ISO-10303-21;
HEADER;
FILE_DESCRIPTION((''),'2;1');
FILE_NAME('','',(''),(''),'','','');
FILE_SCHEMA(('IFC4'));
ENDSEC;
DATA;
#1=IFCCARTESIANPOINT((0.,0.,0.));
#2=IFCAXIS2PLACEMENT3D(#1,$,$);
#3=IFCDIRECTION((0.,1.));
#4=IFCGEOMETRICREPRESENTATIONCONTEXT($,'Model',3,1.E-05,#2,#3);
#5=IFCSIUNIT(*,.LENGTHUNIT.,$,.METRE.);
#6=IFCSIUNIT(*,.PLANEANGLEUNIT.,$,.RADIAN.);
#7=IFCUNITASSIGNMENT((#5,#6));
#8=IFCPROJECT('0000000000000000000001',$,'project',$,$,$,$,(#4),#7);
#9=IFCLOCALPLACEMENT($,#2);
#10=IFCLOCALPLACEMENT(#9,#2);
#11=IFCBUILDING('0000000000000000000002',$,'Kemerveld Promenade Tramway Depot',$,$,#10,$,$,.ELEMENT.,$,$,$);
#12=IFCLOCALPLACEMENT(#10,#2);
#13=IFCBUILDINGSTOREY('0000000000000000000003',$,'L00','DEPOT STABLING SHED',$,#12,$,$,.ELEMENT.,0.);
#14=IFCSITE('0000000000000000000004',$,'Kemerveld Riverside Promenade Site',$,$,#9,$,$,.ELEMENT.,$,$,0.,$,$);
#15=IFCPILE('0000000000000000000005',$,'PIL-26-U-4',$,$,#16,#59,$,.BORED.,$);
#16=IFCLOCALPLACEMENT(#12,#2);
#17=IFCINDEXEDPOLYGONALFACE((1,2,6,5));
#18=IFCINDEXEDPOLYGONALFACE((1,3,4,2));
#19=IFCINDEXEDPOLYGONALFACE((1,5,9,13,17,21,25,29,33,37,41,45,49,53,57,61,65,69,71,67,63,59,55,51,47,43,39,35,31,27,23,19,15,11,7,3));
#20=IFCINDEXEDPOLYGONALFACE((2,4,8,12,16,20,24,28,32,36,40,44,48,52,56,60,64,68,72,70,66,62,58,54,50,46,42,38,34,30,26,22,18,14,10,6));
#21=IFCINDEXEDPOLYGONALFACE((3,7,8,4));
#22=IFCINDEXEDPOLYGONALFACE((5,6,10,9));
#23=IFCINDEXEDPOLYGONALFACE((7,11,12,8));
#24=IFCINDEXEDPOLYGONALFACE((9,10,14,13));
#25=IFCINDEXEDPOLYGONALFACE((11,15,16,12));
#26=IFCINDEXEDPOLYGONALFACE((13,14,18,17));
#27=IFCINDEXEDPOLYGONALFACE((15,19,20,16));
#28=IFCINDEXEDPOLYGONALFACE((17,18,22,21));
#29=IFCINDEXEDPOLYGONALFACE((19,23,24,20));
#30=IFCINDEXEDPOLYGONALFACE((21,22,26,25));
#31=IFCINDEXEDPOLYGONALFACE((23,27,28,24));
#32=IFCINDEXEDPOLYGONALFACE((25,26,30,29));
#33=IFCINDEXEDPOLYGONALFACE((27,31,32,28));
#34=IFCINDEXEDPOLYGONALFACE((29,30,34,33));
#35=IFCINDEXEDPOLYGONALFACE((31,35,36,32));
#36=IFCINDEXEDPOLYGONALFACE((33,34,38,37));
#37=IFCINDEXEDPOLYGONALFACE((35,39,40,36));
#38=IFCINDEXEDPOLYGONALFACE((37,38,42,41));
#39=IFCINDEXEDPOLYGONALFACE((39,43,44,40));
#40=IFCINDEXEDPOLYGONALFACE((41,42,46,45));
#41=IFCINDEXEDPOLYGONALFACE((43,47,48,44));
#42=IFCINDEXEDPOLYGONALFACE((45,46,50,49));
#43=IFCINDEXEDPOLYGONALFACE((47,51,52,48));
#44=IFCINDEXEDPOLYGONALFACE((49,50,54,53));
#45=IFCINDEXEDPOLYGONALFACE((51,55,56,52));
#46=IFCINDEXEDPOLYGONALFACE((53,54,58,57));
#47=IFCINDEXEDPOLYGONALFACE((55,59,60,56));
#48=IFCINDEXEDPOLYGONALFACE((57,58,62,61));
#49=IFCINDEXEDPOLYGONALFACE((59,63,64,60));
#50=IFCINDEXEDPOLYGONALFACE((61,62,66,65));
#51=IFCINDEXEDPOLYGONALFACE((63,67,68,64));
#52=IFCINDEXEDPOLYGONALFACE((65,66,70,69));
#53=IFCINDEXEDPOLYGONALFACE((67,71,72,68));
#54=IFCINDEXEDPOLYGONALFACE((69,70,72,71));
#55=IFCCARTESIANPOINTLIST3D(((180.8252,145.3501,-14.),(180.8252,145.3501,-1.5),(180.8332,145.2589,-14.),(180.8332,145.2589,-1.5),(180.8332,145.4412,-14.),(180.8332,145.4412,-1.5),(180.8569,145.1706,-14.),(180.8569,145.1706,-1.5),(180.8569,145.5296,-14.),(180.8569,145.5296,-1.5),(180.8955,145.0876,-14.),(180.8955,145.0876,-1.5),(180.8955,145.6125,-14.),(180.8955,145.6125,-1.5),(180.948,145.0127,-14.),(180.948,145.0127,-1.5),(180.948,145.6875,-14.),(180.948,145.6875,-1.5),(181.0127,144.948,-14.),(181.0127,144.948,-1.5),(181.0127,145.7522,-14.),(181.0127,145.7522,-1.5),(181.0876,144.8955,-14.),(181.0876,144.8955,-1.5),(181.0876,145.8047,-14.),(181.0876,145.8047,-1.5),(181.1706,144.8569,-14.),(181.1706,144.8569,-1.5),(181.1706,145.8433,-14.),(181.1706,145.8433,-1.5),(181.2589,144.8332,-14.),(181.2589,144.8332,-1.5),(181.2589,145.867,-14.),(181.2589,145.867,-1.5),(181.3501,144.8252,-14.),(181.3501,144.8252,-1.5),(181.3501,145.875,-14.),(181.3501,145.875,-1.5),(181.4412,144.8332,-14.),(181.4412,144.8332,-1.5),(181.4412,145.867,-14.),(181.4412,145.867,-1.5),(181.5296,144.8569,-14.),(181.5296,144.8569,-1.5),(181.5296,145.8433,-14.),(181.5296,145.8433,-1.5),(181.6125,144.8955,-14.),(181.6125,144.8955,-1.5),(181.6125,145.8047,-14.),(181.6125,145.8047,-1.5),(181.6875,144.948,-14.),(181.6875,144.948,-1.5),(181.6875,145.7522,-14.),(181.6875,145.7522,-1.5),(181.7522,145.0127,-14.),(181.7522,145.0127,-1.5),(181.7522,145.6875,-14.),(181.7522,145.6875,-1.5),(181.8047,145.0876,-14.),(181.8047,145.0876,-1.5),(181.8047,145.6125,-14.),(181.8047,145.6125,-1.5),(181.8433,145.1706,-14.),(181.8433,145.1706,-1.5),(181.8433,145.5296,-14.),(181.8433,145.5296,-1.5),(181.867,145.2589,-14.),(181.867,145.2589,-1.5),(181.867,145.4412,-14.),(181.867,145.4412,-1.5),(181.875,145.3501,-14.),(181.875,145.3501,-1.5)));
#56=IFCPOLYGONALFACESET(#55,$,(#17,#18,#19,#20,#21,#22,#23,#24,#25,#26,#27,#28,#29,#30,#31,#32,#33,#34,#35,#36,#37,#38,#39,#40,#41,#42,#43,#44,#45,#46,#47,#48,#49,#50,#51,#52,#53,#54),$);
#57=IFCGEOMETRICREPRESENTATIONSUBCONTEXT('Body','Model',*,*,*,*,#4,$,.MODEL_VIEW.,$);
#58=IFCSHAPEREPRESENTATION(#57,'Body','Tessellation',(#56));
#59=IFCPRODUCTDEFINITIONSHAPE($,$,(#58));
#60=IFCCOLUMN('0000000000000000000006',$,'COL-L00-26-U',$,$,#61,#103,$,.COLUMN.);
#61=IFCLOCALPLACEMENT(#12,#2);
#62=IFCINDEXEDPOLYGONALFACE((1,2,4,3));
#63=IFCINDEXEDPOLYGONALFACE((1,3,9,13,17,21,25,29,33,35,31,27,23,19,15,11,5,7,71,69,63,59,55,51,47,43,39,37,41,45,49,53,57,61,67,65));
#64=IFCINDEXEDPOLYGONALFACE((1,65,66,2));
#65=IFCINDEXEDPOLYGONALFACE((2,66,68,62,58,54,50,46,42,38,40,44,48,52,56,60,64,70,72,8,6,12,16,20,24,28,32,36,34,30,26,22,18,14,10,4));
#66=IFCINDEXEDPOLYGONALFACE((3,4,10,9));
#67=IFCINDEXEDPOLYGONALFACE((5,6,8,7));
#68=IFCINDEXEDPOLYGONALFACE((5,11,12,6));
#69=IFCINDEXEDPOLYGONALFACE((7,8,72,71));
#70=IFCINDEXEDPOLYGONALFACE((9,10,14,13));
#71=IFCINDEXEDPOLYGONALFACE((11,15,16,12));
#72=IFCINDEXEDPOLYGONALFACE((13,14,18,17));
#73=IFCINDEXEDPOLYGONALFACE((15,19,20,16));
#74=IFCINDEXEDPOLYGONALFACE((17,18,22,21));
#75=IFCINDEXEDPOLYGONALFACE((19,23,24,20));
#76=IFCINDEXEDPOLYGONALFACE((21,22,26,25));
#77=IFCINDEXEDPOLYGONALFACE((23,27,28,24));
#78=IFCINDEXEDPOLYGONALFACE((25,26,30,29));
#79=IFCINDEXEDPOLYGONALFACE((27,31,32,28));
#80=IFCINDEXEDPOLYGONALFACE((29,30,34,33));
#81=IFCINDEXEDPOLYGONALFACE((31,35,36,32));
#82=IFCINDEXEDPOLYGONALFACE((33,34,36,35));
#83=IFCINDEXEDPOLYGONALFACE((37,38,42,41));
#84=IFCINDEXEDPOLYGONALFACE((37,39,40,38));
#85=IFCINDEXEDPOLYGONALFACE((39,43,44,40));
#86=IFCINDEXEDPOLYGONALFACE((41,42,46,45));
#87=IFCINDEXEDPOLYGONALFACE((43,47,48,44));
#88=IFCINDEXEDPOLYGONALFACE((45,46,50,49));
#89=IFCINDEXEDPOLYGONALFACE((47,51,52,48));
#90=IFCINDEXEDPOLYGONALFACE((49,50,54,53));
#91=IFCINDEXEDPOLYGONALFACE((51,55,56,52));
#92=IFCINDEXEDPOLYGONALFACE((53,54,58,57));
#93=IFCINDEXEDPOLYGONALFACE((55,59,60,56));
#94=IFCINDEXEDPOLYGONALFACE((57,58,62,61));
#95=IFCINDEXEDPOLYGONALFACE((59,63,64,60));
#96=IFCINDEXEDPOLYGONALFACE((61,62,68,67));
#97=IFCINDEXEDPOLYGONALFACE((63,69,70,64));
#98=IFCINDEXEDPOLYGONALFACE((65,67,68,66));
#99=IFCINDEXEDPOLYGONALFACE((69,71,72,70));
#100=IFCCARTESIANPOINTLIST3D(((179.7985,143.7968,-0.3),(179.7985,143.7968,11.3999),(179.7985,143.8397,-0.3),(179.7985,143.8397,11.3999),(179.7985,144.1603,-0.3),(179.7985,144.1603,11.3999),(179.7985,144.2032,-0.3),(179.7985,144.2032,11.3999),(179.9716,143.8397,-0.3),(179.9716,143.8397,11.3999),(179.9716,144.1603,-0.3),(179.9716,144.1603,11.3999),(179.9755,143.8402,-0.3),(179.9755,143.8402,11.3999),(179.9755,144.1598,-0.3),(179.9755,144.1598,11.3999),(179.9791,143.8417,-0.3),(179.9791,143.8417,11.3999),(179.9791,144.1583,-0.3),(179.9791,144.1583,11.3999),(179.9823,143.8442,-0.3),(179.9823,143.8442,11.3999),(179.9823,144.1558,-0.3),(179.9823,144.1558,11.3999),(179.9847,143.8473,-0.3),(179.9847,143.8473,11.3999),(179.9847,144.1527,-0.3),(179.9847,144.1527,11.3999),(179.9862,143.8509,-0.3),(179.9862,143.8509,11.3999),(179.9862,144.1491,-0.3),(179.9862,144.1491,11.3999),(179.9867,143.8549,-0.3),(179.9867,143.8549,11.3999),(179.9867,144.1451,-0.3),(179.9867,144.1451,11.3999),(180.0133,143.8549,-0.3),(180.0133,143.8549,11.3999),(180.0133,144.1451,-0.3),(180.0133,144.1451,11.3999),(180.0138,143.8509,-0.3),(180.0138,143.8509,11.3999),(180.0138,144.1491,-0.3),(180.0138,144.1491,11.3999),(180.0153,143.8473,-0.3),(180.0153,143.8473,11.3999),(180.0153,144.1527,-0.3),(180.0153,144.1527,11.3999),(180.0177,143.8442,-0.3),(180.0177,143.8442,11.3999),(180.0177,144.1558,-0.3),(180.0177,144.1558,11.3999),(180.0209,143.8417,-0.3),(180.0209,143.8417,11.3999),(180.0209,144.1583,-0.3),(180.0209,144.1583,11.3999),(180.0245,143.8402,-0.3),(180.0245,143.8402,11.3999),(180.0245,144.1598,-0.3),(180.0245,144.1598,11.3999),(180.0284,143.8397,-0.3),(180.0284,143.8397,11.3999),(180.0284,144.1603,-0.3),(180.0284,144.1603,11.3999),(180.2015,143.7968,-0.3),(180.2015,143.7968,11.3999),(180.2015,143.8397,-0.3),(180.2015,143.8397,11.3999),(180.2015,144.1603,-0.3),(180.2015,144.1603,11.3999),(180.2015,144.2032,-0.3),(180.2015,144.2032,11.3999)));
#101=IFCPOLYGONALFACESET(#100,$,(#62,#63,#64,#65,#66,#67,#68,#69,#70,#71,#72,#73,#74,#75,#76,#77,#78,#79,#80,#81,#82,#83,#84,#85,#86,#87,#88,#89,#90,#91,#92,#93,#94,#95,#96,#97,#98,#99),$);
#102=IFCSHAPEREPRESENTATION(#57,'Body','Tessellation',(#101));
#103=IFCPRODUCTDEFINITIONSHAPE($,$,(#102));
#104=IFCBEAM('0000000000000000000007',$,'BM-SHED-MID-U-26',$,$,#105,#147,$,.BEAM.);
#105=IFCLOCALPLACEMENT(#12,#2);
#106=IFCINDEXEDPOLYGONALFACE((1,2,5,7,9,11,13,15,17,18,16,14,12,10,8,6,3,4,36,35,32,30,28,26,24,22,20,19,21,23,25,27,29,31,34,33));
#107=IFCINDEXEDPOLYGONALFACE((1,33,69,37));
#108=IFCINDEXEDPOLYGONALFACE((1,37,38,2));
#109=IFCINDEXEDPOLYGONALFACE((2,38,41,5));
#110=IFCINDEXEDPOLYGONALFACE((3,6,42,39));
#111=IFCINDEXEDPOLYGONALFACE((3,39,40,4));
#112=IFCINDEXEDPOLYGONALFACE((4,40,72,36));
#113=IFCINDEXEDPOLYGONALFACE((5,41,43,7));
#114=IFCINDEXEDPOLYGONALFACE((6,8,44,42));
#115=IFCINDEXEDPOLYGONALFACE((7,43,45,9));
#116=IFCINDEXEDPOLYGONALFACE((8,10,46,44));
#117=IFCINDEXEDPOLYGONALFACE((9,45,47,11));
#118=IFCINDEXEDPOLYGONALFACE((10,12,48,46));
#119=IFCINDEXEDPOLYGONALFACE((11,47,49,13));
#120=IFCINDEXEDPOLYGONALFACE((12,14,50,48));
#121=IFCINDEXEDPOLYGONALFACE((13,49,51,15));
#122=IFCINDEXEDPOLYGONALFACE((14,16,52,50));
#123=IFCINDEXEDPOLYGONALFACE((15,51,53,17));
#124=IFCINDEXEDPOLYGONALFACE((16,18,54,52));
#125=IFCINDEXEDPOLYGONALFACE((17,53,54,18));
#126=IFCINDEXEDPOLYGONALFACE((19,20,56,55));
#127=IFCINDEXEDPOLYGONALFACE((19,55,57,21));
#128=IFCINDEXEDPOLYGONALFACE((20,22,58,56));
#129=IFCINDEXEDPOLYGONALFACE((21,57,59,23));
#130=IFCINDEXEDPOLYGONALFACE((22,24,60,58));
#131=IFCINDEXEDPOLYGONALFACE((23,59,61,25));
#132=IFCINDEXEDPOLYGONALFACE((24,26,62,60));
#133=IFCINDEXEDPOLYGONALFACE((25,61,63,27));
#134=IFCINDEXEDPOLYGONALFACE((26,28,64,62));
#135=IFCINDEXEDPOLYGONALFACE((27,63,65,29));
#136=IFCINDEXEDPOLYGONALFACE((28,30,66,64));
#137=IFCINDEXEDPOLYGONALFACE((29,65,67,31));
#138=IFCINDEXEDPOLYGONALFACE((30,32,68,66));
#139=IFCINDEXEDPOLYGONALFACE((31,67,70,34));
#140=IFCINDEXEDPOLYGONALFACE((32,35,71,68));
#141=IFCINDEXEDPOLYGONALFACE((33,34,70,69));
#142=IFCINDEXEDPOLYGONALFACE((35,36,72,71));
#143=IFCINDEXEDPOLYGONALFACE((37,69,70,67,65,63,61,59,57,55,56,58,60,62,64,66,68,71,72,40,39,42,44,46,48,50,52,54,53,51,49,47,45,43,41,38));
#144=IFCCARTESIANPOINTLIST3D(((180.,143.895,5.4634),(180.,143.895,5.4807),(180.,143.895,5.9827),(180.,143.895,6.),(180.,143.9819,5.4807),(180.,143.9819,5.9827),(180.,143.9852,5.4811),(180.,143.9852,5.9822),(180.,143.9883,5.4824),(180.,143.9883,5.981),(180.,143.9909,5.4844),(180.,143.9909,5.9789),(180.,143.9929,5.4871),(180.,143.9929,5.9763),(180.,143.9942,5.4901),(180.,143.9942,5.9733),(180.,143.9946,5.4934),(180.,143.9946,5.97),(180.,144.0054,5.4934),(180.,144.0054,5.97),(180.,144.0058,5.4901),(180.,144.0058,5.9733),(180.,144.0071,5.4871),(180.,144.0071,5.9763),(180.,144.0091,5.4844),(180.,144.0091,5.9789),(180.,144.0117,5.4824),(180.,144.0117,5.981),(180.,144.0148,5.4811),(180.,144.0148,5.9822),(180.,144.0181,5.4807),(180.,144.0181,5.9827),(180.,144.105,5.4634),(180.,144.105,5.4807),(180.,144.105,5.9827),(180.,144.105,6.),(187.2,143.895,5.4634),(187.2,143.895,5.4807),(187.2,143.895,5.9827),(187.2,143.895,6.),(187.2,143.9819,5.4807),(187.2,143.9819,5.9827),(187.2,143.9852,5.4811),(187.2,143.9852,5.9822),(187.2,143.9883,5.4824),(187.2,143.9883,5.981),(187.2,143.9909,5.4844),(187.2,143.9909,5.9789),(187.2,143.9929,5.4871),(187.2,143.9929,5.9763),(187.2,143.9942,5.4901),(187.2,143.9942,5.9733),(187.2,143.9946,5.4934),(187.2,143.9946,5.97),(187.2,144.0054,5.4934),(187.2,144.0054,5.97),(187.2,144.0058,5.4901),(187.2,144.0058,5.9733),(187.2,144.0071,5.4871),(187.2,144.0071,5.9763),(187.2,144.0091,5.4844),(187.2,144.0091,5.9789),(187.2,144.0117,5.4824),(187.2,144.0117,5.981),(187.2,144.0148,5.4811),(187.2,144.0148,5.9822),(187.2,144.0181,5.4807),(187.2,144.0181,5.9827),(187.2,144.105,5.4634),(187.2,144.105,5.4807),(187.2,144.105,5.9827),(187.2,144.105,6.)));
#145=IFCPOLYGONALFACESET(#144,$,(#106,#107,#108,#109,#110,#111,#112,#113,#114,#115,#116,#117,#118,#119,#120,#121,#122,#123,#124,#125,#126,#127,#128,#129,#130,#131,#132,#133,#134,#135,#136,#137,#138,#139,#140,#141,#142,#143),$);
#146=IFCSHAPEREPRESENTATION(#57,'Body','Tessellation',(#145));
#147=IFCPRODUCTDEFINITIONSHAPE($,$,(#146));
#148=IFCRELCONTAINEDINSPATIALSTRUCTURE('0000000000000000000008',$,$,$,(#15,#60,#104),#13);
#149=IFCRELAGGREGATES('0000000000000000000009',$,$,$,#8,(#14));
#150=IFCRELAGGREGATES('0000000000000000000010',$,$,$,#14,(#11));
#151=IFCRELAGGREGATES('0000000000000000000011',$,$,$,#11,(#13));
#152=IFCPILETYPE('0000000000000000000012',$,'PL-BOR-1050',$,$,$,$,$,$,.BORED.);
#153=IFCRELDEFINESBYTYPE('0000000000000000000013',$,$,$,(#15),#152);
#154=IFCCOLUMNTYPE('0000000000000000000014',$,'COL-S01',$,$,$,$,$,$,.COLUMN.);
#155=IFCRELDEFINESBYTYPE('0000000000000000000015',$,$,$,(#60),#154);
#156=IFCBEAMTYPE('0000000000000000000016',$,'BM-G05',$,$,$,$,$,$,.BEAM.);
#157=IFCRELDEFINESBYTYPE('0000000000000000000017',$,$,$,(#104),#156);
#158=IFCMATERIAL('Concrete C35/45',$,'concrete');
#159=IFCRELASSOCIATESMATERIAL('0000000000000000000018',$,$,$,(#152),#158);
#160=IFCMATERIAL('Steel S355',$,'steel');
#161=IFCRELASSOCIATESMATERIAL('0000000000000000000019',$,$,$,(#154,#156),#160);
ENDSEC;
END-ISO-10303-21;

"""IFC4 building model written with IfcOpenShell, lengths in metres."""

from ifc_helpers import new_model, si_unit, direction, frame, origin, origin_2d, place, context, subcontext, project, spatial, circle, i_section, extrude, material, material_profile, profile_set, type_object, element, save


model = new_model("IFC4")

# Units and contexts
model_context = context("Model", 3, precision=1e-05, world=origin(), true_north=direction((0.0, 1.0)))
body_context = subcontext(model_context, "Body", "Model", "MODEL_VIEW")
ifc_project = project(units=[si_unit("LENGTHUNIT", "METRE"), si_unit("PLANEANGLEUNIT", "RADIAN")], contexts=[model_context])

# Site, building, storey
site_placement = place(None, origin())
site = spatial("IfcSite", under=ifc_project, at=site_placement, Name="Kemerveld Riverside Promenade Site", CompositionType="ELEMENT", RefElevation=0.0)
building_placement = place(site_placement, origin())
building = spatial("IfcBuilding", under=site, at=building_placement, Name="Kemerveld Promenade Tramway Depot", CompositionType="ELEMENT")
storey_placement = place(building_placement, origin())
storey = spatial("IfcBuildingStorey", under=building, at=storey_placement, Name="L00", Description="DEPOT STABLING SHED", CompositionType="ELEMENT", Elevation=0.0)

# Shared definitions
ifc_material_1 = material(Name="Concrete C35/45", Category="concrete")

# Pile
ifc_material_profile_1 = material_profile(ifc_material_1, circle(Radius=0.5249, at=origin_2d()), Name="PILE-D1050")
ifc_profile_set_1 = profile_set([ifc_material_profile_1], Name="Concrete C35/45")
pile_type = type_object("IfcPileType", Name="PL-BOR-1050", PredefinedType="BORED", material=ifc_profile_set_1)
for number, where, z_axis, x_axis, name in (
    (1, (181.3501, 145.3501, -1.5), (0.0, 0.0, -1.0), (1.0, 0.0, 0.0), "PIL-26-U-4"),
):
    element("IfcPile", number, at=place(storey_placement, frame(where, z_axis=z_axis, x_axis=x_axis)), inside=storey, type_object=pile_type, Name=name, PredefinedType="BORED", context=body_context, shape_type="SweptSolid", body=[
        extrude(circle(Radius=0.5249, at=origin_2d()), origin(), (0.0, 0.0, 1.0), 12.5),
    ])

# Column
ifc_material_2 = material(Name="Steel S355", Category="steel")
ifc_material_profile_2 = material_profile(ifc_material_2, i_section(OverallWidth=0.4031, OverallDepth=0.4065, WebThickness=0.0266, FlangeThickness=0.043, FilletRadius=0.0151, at=origin_2d()), Name="356x406x340 UC")
ifc_profile_set_2 = profile_set([ifc_material_profile_2], Name="Steel S355")
column_type = type_object("IfcColumnType", Name="COL-S01", PredefinedType="COLUMN", material=ifc_profile_set_2)
column_placement = place(storey_placement, frame((180.0, 144.0, -0.3), z_axis=(0.0, 0.0, 1.0), x_axis=(1.0, 0.0, 0.0)))
element("IfcColumn", 2, at=column_placement, inside=storey, type_object=column_type, Name="COL-L00-26-U", PredefinedType="COLUMN", context=body_context, shape_type="SweptSolid", body=[
    extrude(i_section(OverallWidth=0.4031, OverallDepth=0.4065, WebThickness=0.0266, FlangeThickness=0.043, FilletRadius=0.0151, at=origin_2d()), origin(), (0.0, 0.0, 1.0), 11.7),
])

# Beam
ifc_material_profile_3 = material_profile(ifc_material_2, i_section(OverallWidth=0.21, OverallDepth=0.5366, WebThickness=0.0107, FlangeThickness=0.0173, FilletRadius=0.0127, at=origin_2d()), Name="533x210x101 UB")
ifc_profile_set_3 = profile_set([ifc_material_profile_3], Name="Steel S355")
beam_type = type_object("IfcBeamType", Name="BM-G05", PredefinedType="BEAM", material=ifc_profile_set_3)
beam_placement = place(storey_placement, frame((180.0, 144.0, 5.7317), z_axis=(1.0, 0.0, 0.0), x_axis=(0.0, 1.0, 0.0)))
element("IfcBeam", 3, at=beam_placement, inside=storey, type_object=beam_type, Name="BM-SHED-MID-U-26", PredefinedType="BEAM", context=body_context, shape_type="SweptSolid", body=[
    extrude(i_section(OverallWidth=0.21, OverallDepth=0.5366, WebThickness=0.0107, FlangeThickness=0.0173, FilletRadius=0.0127, at=origin_2d()), origin(), (0.0, 0.0, 1.0), 7.2),
])

save(model, "model.ifc")
